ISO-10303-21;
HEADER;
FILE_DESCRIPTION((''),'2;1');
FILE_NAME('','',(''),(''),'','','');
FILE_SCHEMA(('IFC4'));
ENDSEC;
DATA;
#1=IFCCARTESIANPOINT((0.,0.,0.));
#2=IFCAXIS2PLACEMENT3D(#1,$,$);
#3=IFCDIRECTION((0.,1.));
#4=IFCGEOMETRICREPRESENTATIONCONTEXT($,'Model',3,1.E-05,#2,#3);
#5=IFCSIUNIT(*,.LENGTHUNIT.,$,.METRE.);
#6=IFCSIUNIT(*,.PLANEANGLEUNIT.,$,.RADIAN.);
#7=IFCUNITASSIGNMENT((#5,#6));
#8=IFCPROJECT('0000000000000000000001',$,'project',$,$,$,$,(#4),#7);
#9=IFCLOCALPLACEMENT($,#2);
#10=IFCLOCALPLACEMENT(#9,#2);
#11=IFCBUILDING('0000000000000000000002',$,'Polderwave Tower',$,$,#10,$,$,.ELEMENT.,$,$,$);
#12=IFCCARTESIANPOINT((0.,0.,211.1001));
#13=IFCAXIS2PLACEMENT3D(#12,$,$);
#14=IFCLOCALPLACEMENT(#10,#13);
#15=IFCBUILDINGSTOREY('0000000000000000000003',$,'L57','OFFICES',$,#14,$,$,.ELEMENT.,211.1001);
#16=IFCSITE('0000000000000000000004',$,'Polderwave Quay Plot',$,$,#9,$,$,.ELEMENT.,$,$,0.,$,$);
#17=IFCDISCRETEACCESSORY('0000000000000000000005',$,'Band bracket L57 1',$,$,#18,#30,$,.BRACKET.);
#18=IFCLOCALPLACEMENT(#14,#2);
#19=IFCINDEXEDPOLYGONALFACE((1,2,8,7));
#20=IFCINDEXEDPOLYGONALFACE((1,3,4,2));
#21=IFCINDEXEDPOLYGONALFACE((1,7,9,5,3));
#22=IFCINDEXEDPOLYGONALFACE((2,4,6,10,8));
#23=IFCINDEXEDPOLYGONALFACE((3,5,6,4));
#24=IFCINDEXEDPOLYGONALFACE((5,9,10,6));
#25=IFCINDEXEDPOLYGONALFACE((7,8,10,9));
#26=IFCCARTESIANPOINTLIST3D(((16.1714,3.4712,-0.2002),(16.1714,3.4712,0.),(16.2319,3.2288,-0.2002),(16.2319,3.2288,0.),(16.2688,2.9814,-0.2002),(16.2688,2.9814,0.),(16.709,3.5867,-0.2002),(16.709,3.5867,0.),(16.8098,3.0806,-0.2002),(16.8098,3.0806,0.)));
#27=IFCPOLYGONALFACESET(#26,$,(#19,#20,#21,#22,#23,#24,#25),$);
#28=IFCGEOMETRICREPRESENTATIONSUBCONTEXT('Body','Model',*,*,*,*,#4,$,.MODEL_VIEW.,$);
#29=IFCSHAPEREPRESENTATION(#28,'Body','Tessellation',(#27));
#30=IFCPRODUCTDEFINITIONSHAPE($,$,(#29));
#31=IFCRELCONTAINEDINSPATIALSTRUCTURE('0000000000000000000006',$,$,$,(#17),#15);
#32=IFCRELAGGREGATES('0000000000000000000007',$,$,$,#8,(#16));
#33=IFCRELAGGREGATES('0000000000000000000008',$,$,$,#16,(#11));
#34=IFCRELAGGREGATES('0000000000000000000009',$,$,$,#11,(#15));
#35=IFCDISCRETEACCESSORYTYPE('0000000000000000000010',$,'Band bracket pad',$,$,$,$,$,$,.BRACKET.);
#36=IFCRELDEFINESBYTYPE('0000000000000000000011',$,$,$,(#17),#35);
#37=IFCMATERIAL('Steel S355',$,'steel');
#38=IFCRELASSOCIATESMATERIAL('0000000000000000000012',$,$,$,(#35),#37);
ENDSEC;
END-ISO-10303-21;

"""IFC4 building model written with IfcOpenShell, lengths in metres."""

from ifc_helpers import new_model, si_unit, direction, frame, origin, place, context, subcontext, project, spatial, polyline, outline, extrude, material, type_object, element, save


model = new_model("IFC4")

# Units and contexts
model_context = context("Model", 3, precision=1e-05, world=origin(), true_north=direction((0.0, 1.0)))
body_context = subcontext(model_context, "Body", "Model", "MODEL_VIEW")
ifc_project = project(units=[si_unit("LENGTHUNIT", "METRE"), si_unit("PLANEANGLEUNIT", "RADIAN")], contexts=[model_context])

# Site, building, storey
site_placement = place(None, origin())
site = spatial("IfcSite", under=ifc_project, at=site_placement, Name="Polderwave Quay Plot", CompositionType="ELEMENT", RefElevation=0.0)
building_placement = place(site_placement, origin())
building = spatial("IfcBuilding", under=site, at=building_placement, Name="Polderwave Tower", CompositionType="ELEMENT")
storey_placement = place(building_placement, frame((0.0, 0.0, 211.1001)))
storey = spatial("IfcBuildingStorey", under=building, at=storey_placement, Name="L57", Description="OFFICES", CompositionType="ELEMENT", Elevation=211.1001)

# Discrete accessory
ifc_material_1 = material(Name="Steel S355", Category="steel")
discrete_accessory_type = type_object("IfcDiscreteAccessoryType", Name="Band bracket pad", PredefinedType="BRACKET", material=ifc_material_1)
discrete_accessory_placement = place(storey_placement, frame((0.0, 0.0, -0.2002)))
element("IfcDiscreteAccessory", 1, at=discrete_accessory_placement, inside=storey, type_object=discrete_accessory_type, Name="Band bracket L57 1", PredefinedType="BRACKET", context=body_context, shape_type="SweptSolid", body=[
    extrude(outline(polyline([(16.2688, 2.9814), (16.2319, 3.2288), (16.1714, 3.4712), (16.709, 3.5867), (16.8098, 3.0806), (16.2688, 2.9814)])), origin(), (0.0, 0.0, 1.0), 0.2002),
])

save(model, "model.ifc")
